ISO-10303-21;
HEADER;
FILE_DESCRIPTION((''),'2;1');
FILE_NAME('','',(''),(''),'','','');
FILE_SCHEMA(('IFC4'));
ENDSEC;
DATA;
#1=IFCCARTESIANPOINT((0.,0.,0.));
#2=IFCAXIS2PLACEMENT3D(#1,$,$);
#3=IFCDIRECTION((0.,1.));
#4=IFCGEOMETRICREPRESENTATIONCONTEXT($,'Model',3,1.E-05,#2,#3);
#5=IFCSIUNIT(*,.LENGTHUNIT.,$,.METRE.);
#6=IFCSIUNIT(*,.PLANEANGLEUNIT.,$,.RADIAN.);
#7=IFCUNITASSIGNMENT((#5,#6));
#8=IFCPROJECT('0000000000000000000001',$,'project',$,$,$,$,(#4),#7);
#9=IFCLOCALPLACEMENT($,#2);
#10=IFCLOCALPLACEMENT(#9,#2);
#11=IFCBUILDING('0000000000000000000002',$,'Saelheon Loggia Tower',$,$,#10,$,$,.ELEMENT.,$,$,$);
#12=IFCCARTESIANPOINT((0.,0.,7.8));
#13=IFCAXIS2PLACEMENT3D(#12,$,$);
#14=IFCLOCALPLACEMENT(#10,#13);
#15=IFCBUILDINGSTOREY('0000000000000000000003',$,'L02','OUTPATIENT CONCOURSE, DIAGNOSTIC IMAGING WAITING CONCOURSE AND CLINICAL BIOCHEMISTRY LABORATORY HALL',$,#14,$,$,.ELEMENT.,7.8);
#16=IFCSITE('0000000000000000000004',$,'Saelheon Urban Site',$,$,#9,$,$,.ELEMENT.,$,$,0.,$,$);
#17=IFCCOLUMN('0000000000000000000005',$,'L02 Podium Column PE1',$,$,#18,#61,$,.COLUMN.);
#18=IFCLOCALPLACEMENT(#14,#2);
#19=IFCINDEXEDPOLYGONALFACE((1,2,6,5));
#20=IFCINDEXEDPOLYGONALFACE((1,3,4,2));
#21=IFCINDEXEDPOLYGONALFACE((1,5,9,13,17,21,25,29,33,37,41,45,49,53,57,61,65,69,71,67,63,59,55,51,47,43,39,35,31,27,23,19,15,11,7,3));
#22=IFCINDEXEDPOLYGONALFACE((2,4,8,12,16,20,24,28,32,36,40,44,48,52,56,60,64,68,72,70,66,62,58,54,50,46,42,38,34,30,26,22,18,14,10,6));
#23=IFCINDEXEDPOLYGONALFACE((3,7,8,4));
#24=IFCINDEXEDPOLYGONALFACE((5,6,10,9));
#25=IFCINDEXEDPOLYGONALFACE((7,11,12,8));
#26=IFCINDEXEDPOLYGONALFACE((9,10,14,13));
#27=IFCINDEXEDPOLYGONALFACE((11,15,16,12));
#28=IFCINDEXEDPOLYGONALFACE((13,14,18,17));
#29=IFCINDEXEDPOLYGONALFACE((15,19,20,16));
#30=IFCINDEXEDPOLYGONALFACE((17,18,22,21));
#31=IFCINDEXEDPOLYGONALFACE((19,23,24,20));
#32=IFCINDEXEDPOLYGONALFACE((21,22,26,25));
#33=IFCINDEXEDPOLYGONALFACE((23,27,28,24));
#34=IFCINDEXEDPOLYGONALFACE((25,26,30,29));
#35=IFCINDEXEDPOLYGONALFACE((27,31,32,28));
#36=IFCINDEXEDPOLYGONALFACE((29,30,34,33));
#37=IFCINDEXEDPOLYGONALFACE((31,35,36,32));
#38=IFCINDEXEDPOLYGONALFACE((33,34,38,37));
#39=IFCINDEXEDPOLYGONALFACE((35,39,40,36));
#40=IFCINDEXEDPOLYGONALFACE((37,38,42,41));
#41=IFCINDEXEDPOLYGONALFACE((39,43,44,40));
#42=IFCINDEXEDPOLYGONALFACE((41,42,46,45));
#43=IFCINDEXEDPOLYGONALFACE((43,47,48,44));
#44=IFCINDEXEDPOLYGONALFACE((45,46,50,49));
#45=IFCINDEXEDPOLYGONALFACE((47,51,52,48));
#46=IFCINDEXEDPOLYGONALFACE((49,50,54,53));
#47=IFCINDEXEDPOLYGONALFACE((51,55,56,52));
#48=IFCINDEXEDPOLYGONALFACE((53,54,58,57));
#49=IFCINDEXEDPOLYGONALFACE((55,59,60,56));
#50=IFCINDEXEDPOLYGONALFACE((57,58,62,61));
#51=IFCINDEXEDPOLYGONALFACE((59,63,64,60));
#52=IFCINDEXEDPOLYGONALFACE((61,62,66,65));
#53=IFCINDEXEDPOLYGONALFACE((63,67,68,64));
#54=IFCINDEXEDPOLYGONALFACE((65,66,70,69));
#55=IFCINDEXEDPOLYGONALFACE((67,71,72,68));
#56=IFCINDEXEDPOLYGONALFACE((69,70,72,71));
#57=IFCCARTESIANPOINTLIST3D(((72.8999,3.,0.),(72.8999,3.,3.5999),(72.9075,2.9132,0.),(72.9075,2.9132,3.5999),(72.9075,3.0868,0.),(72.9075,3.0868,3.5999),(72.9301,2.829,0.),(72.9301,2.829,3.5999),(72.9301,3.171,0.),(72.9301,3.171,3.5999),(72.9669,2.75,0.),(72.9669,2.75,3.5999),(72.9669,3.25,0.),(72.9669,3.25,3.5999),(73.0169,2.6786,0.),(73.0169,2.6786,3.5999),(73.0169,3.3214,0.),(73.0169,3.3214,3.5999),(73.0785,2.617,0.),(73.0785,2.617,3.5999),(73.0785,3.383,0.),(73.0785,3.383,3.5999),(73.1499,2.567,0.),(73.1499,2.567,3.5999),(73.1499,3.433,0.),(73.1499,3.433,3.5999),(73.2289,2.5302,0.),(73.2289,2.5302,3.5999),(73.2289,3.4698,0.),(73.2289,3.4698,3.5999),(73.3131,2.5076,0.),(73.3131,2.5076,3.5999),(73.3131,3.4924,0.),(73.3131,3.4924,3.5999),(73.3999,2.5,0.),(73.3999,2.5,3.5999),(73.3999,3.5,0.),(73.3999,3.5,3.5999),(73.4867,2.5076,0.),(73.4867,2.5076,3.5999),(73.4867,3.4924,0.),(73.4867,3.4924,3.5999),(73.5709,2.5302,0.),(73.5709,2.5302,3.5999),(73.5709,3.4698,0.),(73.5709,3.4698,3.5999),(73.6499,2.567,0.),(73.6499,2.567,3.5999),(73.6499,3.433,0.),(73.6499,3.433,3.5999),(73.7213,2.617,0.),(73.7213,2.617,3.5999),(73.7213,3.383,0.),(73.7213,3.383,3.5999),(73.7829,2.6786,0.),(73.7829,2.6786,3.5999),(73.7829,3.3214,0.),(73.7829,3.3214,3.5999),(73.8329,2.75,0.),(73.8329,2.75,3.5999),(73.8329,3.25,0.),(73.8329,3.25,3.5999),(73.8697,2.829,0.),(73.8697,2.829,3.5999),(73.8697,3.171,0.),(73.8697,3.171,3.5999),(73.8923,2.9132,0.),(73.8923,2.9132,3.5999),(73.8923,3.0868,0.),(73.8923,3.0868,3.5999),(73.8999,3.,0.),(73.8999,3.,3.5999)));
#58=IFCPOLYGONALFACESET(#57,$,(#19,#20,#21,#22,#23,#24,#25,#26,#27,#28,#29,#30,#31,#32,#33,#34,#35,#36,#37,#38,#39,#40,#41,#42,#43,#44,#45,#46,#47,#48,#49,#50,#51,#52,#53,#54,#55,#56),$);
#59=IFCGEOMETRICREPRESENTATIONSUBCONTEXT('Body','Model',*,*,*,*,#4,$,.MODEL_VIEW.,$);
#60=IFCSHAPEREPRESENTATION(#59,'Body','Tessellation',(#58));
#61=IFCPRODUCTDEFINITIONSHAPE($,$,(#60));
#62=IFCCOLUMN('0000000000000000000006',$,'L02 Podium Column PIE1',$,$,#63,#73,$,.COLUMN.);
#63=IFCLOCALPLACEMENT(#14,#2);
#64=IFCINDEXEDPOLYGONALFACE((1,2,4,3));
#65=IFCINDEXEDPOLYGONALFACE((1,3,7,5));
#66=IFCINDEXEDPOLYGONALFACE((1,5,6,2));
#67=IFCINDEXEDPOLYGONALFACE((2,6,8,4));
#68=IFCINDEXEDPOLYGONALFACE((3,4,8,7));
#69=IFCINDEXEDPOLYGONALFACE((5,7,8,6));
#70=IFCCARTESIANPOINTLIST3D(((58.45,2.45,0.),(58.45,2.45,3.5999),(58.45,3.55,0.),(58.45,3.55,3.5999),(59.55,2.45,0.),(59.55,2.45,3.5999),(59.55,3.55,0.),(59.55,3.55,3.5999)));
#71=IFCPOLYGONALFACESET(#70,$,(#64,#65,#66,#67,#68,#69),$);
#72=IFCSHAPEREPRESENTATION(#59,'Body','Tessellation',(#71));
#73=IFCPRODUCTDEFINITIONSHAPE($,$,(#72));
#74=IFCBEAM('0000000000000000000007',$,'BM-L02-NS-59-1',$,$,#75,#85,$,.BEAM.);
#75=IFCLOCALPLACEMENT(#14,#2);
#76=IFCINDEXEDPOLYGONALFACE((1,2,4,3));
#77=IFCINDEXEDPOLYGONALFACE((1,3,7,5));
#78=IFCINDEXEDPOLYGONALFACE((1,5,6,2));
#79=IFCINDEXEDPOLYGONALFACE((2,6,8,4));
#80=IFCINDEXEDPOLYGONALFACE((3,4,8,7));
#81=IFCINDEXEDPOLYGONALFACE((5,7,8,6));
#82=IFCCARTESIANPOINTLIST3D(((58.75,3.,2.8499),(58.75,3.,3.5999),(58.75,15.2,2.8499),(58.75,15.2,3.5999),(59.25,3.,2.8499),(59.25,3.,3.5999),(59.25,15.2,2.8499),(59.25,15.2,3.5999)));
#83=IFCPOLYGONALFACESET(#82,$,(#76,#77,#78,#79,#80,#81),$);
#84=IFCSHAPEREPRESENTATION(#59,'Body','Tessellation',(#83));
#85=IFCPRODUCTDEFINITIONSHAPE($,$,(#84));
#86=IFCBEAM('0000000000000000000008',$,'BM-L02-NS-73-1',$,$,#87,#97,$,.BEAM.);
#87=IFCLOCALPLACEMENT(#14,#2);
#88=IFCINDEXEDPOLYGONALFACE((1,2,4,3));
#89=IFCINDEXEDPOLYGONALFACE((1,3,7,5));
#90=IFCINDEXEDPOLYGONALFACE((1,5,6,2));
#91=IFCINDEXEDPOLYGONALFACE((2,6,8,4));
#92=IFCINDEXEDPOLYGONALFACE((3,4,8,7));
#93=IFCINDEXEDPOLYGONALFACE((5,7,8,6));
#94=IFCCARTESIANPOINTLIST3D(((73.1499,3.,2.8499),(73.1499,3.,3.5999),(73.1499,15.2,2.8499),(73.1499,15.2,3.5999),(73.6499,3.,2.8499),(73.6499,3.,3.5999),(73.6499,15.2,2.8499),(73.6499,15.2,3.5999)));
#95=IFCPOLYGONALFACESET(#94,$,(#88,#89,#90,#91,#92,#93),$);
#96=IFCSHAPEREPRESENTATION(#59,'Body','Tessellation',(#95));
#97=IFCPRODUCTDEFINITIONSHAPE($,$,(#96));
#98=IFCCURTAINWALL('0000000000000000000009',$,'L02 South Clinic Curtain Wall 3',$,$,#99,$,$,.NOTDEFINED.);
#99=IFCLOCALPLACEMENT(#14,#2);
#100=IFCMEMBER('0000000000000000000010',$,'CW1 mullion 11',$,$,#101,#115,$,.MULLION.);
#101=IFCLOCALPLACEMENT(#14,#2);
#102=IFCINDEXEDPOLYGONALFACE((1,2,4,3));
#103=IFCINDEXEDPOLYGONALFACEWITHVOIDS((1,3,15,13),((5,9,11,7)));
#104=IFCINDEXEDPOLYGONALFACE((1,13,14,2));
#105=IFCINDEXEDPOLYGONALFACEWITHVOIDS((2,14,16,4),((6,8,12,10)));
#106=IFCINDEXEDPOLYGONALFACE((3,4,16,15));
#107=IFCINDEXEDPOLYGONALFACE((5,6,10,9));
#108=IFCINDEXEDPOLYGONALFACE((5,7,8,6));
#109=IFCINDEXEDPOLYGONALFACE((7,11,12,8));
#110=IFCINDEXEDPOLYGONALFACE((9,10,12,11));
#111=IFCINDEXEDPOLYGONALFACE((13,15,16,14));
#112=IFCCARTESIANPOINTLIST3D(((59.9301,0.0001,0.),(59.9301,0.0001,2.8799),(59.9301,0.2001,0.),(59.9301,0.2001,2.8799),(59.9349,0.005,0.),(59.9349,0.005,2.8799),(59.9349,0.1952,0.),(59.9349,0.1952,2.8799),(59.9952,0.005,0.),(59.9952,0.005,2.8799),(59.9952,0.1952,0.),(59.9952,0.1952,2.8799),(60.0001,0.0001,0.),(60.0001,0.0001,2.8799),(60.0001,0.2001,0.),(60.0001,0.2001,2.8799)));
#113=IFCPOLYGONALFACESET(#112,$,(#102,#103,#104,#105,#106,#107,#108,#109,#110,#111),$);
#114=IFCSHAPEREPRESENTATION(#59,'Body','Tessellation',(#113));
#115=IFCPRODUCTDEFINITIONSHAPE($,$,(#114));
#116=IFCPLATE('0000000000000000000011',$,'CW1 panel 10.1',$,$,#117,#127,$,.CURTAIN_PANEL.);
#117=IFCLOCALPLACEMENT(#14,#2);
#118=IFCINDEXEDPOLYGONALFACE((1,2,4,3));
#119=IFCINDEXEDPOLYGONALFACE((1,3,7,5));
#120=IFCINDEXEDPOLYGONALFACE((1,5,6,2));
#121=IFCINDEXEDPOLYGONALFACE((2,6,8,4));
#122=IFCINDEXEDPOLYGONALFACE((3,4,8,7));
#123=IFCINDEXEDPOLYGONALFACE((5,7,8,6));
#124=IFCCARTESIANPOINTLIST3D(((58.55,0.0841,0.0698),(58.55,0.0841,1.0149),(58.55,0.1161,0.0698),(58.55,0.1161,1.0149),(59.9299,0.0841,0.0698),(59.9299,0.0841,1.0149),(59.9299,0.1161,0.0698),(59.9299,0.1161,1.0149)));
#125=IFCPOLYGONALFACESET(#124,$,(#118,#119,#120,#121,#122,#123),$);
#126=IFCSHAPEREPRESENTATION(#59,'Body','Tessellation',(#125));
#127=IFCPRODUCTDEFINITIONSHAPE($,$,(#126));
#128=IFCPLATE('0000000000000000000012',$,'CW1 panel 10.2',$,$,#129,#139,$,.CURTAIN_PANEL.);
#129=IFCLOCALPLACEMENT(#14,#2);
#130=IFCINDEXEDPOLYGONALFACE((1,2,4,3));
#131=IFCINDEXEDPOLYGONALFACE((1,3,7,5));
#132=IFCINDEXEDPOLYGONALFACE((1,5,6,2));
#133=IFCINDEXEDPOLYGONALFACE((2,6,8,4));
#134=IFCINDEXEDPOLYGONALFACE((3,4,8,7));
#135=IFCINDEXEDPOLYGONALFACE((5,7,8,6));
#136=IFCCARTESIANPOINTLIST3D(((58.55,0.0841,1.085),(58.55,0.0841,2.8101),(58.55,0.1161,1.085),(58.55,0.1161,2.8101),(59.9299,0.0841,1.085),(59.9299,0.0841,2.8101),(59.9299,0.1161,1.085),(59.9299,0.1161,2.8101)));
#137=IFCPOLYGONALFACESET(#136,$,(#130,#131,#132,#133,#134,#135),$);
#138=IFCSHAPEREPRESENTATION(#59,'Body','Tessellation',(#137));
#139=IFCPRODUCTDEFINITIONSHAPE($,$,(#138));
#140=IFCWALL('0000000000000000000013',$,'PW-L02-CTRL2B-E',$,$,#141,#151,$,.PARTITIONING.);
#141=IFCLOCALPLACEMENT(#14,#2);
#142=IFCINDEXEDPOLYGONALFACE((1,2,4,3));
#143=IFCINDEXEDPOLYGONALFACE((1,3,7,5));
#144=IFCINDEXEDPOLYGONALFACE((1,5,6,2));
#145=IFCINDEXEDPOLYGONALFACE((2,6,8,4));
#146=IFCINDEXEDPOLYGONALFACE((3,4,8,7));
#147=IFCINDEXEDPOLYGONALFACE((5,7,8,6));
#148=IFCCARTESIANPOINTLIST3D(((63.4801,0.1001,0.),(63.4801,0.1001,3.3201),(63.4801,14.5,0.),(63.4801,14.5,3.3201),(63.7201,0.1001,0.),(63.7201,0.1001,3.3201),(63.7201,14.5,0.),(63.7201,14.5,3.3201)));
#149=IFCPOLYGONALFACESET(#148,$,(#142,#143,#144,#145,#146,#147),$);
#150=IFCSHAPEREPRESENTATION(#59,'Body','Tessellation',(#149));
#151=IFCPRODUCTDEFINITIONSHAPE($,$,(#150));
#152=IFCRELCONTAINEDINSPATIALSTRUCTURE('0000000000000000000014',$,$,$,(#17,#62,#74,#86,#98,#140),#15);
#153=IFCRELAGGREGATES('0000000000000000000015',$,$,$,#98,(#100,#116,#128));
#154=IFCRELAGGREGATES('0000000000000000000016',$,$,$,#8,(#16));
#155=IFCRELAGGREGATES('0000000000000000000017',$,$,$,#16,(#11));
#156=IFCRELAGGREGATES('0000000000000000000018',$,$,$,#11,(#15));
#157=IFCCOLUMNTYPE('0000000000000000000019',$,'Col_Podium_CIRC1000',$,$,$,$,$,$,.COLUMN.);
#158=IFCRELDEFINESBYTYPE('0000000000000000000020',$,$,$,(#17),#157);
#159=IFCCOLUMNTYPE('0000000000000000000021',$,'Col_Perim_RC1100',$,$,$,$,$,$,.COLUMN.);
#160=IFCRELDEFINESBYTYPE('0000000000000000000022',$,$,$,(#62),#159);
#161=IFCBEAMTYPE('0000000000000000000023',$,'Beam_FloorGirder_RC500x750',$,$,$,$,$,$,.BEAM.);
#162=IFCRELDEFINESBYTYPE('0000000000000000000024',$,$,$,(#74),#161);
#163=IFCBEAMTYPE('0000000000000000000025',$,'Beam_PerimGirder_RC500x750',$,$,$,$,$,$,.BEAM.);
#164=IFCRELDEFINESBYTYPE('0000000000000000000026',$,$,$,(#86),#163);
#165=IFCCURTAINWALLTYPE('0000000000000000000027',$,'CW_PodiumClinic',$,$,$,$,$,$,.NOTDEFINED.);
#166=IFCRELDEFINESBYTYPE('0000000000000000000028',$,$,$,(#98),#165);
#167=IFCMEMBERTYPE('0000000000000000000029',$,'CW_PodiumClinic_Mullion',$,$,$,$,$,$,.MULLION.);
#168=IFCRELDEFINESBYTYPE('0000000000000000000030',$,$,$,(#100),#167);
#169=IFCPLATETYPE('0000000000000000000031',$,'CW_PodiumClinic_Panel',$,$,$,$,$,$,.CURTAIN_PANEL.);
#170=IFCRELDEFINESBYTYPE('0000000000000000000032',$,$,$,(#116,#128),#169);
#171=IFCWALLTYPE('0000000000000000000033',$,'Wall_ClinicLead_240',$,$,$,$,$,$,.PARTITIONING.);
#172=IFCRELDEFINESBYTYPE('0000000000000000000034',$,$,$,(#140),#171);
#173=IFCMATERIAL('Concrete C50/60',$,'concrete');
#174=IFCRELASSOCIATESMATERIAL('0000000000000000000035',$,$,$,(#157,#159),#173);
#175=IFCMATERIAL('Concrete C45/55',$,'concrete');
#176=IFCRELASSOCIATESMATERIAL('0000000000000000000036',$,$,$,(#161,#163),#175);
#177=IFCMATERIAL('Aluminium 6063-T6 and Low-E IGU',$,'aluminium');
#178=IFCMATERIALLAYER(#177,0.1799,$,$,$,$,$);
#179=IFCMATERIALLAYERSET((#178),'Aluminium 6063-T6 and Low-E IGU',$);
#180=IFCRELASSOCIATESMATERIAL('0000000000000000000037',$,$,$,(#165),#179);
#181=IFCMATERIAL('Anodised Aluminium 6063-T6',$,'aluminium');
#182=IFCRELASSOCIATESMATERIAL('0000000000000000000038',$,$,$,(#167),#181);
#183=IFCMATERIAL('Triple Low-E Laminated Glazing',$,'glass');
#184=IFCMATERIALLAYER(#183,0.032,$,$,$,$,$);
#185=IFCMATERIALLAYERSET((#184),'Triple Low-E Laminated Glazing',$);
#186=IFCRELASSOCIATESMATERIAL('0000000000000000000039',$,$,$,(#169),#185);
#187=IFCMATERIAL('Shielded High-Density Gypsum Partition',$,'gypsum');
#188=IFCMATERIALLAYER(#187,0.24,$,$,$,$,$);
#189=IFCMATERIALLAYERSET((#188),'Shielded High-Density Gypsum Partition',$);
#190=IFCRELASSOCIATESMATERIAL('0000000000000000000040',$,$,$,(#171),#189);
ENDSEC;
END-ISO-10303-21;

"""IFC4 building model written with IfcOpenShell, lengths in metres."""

from ifc_helpers import new_model, si_unit, direction, frame, frame_2d, origin, origin_2d, place, context, subcontext, project, spatial, rectangle, hollow_rectangle, circle, extrude, source, transform, mapped, material, layer, layer_set, material_profile, profile_set, type_object, element, aggregate, save


model = new_model("IFC4")

# Units and contexts
model_context = context("Model", 3, precision=1e-05, world=origin(), true_north=direction((0.0, 1.0)))
body_context = subcontext(model_context, "Body", "Model", "MODEL_VIEW")
ifc_project = project(units=[si_unit("LENGTHUNIT", "METRE"), si_unit("PLANEANGLEUNIT", "RADIAN")], contexts=[model_context])

# Site, building, storey
site_placement = place(None, origin())
site = spatial("IfcSite", under=ifc_project, at=site_placement, Name="Saelheon Urban Site", CompositionType="ELEMENT", RefElevation=0.0)
building_placement = place(site_placement, origin())
building = spatial("IfcBuilding", under=site, at=building_placement, Name="Saelheon Loggia Tower", CompositionType="ELEMENT")
storey_placement = place(building_placement, frame((0.0, 0.0, 7.8)))
storey = spatial("IfcBuildingStorey", under=building, at=storey_placement, Name="L02", Description="OUTPATIENT CONCOURSE, DIAGNOSTIC IMAGING WAITING CONCOURSE AND CLINICAL BIOCHEMISTRY LABORATORY HALL", CompositionType="ELEMENT", Elevation=7.8)

# Columns
ifc_material_1 = material(Name="Concrete C50/60", Category="concrete")
ifc_material_profile_1 = material_profile(ifc_material_1, circle(Radius=0.5, at=origin_2d()), Name="CIRC-1000")
ifc_profile_set_1 = profile_set([ifc_material_profile_1], Name="Concrete C50/60")
column_type_1 = type_object("IfcColumnType", Name="Col_Podium_CIRC1000", PredefinedType="COLUMN", material=ifc_profile_set_1)
shared_shape_1 = source(origin(), body_context, "Body", "SweptSolid", [
    extrude(circle(Radius=0.5, at=origin_2d()), origin(), (0.0, 0.0, 1.0), 3.5999),
])
column_1_placement = place(storey_placement, frame((73.3999, 3.0, 0.0), z_axis=(0.0, 0.0, 1.0), x_axis=(1.0, 0.0, 0.0)))
element("IfcColumn", 1, at=column_1_placement, inside=storey, type_object=column_type_1, Name="L02 Podium Column PE1", PredefinedType="COLUMN", context=body_context, shape_type="MappedRepresentation", body=[
    mapped(shared_shape_1, transform((0.0, 0.0, 0.0), scale=1.0)),
])
ifc_material_profile_2 = material_profile(ifc_material_1, rectangle(XDim=1.1001, YDim=1.1001, at=origin_2d()), Name="RC-1100x1100")
ifc_profile_set_2 = profile_set([ifc_material_profile_2], Name="Concrete C50/60")
column_type_2 = type_object("IfcColumnType", Name="Col_Perim_RC1100", PredefinedType="COLUMN", material=ifc_profile_set_2)
shared_shape_2 = source(origin(), body_context, "Body", "SweptSolid", [
    extrude(rectangle(XDim=1.1001, YDim=1.1001, at=origin_2d()), origin(), (0.0, 0.0, 1.0), 3.5999),
])
column_2_placement = place(storey_placement, frame((59.0, 3.0, 0.0), z_axis=(0.0, 0.0, 1.0), x_axis=(1.0, 0.0, 0.0)))
element("IfcColumn", 2, at=column_2_placement, inside=storey, type_object=column_type_2, Name="L02 Podium Column PIE1", PredefinedType="COLUMN", context=body_context, shape_type="MappedRepresentation", body=[
    mapped(shared_shape_2, transform((0.0, 0.0, 0.0), scale=1.0)),
])

# Beams
ifc_material_2 = material(Name="Concrete C45/55", Category="concrete")
ifc_material_profile_3 = material_profile(ifc_material_2, rectangle(XDim=0.5, YDim=0.75, at=origin_2d()), Name="RC-500x750")
ifc_profile_set_3 = profile_set([ifc_material_profile_3], Name="Concrete C45/55")
beam_type_1 = type_object("IfcBeamType", Name="Beam_FloorGirder_RC500x750", PredefinedType="BEAM", material=ifc_profile_set_3)
shared_shape_3 = source(origin(), body_context, "Body", "SweptSolid", [
    extrude(rectangle(XDim=0.5, YDim=0.75, at=origin_2d()), origin(), (0.0, 0.0, 1.0), 12.2),
])
beam_1_placement = place(storey_placement, frame((59.0, 3.0, 3.2249), z_axis=(0.0, 1.0, 0.0), x_axis=(-1.0, 0.0, 0.0)))
element("IfcBeam", 3, at=beam_1_placement, inside=storey, type_object=beam_type_1, Name="BM-L02-NS-59-1", PredefinedType="BEAM", context=body_context, shape_type="MappedRepresentation", body=[
    mapped(shared_shape_3, transform((0.0, 0.0, 0.0), scale=1.0)),
])
ifc_material_profile_4 = material_profile(ifc_material_2, rectangle(XDim=0.5, YDim=0.75, at=origin_2d()), Name="RC-500x750")
ifc_profile_set_4 = profile_set([ifc_material_profile_4], Name="Concrete C45/55")
beam_type_2 = type_object("IfcBeamType", Name="Beam_PerimGirder_RC500x750", PredefinedType="BEAM", material=ifc_profile_set_4)
beam_2_placement = place(storey_placement, frame((73.3999, 3.0, 3.2249), z_axis=(0.0, 1.0, 0.0), x_axis=(-1.0, 0.0, 0.0)))
element("IfcBeam", 4, at=beam_2_placement, inside=storey, type_object=beam_type_2, Name="BM-L02-NS-73-1", PredefinedType="BEAM", context=body_context, shape_type="MappedRepresentation", body=[
    mapped(shared_shape_3, transform((0.0, 0.0, 0.0), scale=1.0)),
])

# Curtain wall, member, plates
ifc_material_3 = material(Name="Aluminium 6063-T6 and Low-E IGU", Category="aluminium")
ifc_layer_1 = layer(ifc_material_3, 0.1799)
ifc_layer_set_1 = layer_set([ifc_layer_1], Name="Aluminium 6063-T6 and Low-E IGU")
curtain_wall_type = type_object("IfcCurtainWallType", Name="CW_PodiumClinic", PredefinedType="NOTDEFINED", material=ifc_layer_set_1)
curtain_wall_placement = place(storey_placement, origin())
curtain_wall = element("IfcCurtainWall", 5, at=curtain_wall_placement, inside=storey, type_object=curtain_wall_type, Name="L02 South Clinic Curtain Wall 3", PredefinedType="NOTDEFINED")
ifc_material_4 = material(Name="Anodised Aluminium 6063-T6", Category="aluminium")
ifc_material_profile_5 = material_profile(ifc_material_4, hollow_rectangle(XDim=0.0701, YDim=0.2, WallThickness=0.0049, at=origin_2d()), Name="RHS-200x70x5")
ifc_profile_set_5 = profile_set([ifc_material_profile_5], Name="Anodised Aluminium 6063-T6")
member_type = type_object("IfcMemberType", Name="CW_PodiumClinic_Mullion", PredefinedType="MULLION", material=ifc_profile_set_5)
shared_shape_4 = source(origin(), body_context, "Body", "SweptSolid", [
    extrude(hollow_rectangle(XDim=0.0701, YDim=0.2, WallThickness=0.0049, at=origin_2d()), origin(), (0.0, 0.0, 1.0), 2.8799),
])
member_placement = place(storey_placement, frame((59.9651, 0.1001, 0.0), z_axis=(0.0, 0.0, 1.0), x_axis=(1.0, 0.0, 0.0)))
member = element("IfcMember", 6, at=member_placement, type_object=member_type, Name="CW1 mullion 11", PredefinedType="MULLION", context=body_context, shape_type="MappedRepresentation", body=[
    mapped(shared_shape_4, transform((0.0, 0.0, 0.0), scale=1.0)),
])
ifc_material_5 = material(Name="Triple Low-E Laminated Glazing", Category="glass")
ifc_layer_2 = layer(ifc_material_5, 0.032)
ifc_layer_set_2 = layer_set([ifc_layer_2], Name="Triple Low-E Laminated Glazing")
plate_type = type_object("IfcPlateType", Name="CW_PodiumClinic_Panel", PredefinedType="CURTAIN_PANEL", material=ifc_layer_set_2)
shared_shape_5 = source(origin(), body_context, "Body", "SweptSolid", [
    extrude(rectangle(XDim=1.3799, YDim=0.032, at=origin_2d()), origin(), (0.0, 0.0, 1.0), 0.9451),
])
plate_1_placement = place(storey_placement, frame((59.24, 0.1001, 0.0698), z_axis=(0.0, 0.0, 1.0), x_axis=(1.0, 0.0, 0.0)))
plate_1 = element("IfcPlate", 7, at=plate_1_placement, type_object=plate_type, Name="CW1 panel 10.1", PredefinedType="CURTAIN_PANEL", context=body_context, shape_type="MappedRepresentation", body=[
    mapped(shared_shape_5, transform((0.0, 0.0, 0.0), scale=1.0)),
])
shared_shape_6 = source(origin(), body_context, "Body", "SweptSolid", [
    extrude(rectangle(XDim=1.3799, YDim=0.032, at=origin_2d()), origin(), (0.0, 0.0, 1.0), 1.7251),
])
plate_2_placement = place(storey_placement, frame((59.24, 0.1001, 1.085), z_axis=(0.0, 0.0, 1.0), x_axis=(1.0, 0.0, 0.0)))
plate_2 = element("IfcPlate", 8, at=plate_2_placement, type_object=plate_type, Name="CW1 panel 10.2", PredefinedType="CURTAIN_PANEL", context=body_context, shape_type="MappedRepresentation", body=[
    mapped(shared_shape_6, transform((0.0, 0.0, 0.0), scale=1.0)),
])
aggregate(curtain_wall, [member, plate_1, plate_2])

# Wall
ifc_material_6 = material(Name="Shielded High-Density Gypsum Partition", Category="gypsum")
ifc_layer_3 = layer(ifc_material_6, 0.24)
ifc_layer_set_3 = layer_set([ifc_layer_3], Name="Shielded High-Density Gypsum Partition")
wall_type_1 = type_object("IfcWallType", Name="Wall_ClinicLead_240", PredefinedType="PARTITIONING", material=ifc_layer_set_3)
wall_1_placement = place(storey_placement, frame((63.6001, 0.1001, 0.0), z_axis=(0.0, 0.0, 1.0), x_axis=(0.0, 1.0, 0.0)))
element("IfcWall", 9, at=wall_1_placement, inside=storey, type_object=wall_type_1, Name="PW-L02-CTRL2B-E", PredefinedType="PARTITIONING", context=body_context, shape_type="SweptSolid", body=[
    extrude(rectangle(XDim=14.3999, YDim=0.24, at=frame_2d((7.2, 0.0))), origin(), (0.0, 0.0, 1.0), 3.3201),
])

save(model, "model.ifc")
